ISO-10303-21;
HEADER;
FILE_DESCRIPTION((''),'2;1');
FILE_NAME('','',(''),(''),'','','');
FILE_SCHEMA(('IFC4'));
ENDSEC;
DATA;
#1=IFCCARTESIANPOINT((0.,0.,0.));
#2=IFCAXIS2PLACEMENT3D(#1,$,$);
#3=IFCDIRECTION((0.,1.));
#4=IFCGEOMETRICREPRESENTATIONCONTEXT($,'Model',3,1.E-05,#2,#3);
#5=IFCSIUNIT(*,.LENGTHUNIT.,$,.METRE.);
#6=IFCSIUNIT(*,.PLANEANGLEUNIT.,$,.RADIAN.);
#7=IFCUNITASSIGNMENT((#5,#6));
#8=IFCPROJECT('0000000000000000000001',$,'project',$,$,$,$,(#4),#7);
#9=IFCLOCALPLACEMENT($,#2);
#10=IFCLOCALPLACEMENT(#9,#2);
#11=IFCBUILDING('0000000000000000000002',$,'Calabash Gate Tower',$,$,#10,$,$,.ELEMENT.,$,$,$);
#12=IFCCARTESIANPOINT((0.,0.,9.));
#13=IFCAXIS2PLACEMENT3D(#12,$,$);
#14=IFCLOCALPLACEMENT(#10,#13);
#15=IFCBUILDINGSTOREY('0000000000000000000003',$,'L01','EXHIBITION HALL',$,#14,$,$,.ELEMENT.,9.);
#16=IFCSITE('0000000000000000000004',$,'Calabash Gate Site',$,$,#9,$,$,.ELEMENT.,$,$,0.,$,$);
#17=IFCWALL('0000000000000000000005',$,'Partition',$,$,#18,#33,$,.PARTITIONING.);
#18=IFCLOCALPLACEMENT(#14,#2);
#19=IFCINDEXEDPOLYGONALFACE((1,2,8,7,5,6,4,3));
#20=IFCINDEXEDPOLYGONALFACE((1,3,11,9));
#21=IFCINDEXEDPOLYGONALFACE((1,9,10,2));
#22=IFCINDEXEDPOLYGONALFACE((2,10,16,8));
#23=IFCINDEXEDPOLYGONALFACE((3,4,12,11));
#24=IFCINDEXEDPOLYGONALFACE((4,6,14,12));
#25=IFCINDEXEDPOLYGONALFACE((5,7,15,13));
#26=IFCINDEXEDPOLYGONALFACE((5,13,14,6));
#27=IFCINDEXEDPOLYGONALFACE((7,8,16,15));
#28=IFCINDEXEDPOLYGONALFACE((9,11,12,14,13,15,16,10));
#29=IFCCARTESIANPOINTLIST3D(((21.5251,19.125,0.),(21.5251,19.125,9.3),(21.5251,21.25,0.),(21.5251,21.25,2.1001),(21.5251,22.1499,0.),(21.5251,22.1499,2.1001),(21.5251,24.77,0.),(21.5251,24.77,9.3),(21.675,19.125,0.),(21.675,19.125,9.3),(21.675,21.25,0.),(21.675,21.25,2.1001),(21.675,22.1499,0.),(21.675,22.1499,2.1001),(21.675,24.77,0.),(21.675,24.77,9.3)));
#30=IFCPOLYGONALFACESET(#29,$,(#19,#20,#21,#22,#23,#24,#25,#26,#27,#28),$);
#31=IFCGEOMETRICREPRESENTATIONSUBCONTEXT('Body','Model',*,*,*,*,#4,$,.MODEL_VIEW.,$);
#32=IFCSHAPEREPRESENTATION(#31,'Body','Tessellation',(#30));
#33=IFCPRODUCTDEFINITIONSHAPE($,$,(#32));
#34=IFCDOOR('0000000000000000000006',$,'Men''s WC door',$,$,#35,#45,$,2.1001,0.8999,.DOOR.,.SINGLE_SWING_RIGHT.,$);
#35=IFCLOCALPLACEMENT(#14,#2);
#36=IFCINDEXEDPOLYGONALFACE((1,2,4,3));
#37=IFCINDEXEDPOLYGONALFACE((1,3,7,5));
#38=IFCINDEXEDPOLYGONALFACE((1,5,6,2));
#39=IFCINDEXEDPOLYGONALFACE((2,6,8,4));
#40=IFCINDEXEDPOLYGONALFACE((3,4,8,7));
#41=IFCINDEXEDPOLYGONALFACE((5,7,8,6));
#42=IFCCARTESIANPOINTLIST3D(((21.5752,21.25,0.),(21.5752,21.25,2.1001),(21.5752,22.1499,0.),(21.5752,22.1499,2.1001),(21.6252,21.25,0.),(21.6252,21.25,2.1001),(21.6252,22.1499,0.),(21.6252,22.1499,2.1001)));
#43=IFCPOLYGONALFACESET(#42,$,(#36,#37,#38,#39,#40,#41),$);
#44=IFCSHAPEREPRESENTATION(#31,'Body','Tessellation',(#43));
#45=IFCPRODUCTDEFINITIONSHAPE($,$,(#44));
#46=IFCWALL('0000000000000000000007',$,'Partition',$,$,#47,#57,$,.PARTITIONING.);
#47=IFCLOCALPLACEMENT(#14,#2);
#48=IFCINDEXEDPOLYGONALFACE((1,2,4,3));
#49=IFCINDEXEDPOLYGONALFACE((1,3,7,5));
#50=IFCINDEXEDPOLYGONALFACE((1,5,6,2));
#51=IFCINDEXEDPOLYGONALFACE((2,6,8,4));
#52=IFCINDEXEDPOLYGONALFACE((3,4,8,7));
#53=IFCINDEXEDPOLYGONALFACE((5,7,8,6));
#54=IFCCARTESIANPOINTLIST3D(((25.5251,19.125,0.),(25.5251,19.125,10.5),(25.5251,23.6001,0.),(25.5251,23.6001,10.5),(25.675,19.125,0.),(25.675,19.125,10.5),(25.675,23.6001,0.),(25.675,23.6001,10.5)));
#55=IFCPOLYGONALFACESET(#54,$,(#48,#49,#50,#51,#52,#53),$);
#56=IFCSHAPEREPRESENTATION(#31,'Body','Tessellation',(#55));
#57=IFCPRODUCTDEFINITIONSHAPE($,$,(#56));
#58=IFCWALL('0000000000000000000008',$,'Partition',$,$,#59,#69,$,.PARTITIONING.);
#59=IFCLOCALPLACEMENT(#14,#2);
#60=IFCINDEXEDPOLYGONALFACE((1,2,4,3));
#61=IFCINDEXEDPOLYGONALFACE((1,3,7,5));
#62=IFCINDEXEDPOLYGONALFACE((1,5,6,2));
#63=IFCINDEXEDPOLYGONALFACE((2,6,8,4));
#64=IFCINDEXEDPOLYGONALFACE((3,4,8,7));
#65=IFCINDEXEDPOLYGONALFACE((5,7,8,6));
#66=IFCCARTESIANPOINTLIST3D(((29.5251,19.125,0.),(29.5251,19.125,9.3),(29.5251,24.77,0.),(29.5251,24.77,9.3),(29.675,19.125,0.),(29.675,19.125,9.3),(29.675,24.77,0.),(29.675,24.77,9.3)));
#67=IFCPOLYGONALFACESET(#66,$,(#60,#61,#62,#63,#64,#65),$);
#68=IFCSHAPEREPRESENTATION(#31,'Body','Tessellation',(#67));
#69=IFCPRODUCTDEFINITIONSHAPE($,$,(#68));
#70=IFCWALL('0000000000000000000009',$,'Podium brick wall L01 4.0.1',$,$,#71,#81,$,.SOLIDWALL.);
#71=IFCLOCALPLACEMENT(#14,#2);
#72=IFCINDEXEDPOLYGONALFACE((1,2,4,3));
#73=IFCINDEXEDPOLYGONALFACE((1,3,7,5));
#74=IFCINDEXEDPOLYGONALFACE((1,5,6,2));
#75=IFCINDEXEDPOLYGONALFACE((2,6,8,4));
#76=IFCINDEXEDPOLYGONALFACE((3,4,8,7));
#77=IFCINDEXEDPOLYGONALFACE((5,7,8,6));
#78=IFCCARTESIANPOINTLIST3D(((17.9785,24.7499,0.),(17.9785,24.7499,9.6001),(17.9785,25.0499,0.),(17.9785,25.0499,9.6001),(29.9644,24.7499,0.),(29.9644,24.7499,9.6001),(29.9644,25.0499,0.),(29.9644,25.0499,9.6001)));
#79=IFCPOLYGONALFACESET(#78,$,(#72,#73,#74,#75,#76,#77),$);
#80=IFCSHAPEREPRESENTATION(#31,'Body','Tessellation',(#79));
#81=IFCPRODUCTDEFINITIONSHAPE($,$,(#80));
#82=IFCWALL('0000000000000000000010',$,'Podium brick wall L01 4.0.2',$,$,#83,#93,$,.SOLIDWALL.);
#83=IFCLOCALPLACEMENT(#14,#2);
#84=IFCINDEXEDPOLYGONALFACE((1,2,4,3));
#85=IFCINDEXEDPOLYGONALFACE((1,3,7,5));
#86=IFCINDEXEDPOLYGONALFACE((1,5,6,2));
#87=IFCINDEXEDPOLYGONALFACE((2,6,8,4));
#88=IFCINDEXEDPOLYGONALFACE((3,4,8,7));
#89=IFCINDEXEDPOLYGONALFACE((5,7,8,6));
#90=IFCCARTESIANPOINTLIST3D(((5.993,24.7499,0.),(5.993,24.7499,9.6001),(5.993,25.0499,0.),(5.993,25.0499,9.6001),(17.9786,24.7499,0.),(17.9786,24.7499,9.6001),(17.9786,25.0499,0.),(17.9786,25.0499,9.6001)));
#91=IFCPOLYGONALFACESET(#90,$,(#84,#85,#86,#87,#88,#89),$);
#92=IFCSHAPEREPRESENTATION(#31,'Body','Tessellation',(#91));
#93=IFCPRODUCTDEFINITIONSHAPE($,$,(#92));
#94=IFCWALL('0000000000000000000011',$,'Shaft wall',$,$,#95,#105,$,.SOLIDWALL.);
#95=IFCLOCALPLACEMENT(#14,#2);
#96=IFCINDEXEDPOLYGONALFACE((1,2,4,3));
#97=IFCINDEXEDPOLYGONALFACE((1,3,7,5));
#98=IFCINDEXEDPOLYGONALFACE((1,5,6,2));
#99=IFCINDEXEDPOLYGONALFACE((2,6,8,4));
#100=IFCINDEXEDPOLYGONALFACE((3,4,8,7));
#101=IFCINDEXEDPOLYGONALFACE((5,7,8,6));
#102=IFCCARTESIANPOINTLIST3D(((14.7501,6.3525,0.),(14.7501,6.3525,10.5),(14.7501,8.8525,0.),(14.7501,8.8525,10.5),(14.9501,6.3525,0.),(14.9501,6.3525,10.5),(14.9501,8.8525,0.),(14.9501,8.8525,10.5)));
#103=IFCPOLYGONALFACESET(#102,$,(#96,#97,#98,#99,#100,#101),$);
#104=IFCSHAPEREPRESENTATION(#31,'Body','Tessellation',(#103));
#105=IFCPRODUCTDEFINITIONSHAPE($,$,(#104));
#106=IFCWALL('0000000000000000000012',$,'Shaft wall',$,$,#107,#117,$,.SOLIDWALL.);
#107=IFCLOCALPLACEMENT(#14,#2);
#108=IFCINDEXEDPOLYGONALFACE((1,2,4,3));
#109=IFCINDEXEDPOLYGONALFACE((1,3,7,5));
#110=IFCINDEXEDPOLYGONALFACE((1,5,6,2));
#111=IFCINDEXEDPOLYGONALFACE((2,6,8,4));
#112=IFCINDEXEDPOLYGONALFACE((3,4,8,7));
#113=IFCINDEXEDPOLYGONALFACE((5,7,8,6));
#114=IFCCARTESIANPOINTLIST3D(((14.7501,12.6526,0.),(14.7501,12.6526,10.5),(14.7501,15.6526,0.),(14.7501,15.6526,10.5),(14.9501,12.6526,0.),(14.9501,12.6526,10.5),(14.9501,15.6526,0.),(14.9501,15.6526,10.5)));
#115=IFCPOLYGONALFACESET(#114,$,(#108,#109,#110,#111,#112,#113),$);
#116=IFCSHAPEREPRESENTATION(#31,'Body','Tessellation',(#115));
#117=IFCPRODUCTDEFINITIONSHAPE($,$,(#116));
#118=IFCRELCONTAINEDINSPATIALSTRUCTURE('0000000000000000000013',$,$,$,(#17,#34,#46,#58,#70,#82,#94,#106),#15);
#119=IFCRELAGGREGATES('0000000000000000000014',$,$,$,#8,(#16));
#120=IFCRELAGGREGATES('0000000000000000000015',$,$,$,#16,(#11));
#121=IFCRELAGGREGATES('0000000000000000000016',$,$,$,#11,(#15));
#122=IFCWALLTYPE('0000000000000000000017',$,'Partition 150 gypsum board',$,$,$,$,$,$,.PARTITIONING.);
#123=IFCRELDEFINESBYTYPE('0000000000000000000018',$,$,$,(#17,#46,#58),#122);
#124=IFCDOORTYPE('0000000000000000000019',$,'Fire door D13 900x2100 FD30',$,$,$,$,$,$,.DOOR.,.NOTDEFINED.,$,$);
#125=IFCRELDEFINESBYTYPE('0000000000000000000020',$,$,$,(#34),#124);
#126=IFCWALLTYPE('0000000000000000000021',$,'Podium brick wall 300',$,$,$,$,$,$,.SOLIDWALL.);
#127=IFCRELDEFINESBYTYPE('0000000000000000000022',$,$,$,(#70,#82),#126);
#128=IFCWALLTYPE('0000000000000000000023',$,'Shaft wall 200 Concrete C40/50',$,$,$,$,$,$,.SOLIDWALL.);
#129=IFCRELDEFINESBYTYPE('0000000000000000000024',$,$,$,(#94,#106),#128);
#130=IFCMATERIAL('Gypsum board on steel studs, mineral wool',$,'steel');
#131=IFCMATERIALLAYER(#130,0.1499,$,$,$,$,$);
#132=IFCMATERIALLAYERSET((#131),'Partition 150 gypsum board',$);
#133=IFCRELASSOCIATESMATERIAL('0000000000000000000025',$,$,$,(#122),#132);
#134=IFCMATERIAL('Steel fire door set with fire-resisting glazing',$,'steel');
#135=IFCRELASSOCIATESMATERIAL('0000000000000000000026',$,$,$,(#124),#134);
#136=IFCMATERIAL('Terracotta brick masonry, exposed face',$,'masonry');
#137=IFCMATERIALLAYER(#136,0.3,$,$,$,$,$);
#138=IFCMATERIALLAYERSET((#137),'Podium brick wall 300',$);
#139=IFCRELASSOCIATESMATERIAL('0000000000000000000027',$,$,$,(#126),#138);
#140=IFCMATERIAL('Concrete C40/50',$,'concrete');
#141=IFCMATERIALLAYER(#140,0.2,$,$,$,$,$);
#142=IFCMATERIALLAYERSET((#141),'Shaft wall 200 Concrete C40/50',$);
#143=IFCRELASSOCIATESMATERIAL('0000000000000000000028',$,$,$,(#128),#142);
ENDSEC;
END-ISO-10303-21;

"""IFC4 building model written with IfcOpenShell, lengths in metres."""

from ifc_helpers import new_model, si_unit, direction, frame, frame_2d, origin, place, context, subcontext, project, spatial, rectangle, extrude, material, layer, layer_set, type_object, element, fill, save


model = new_model("IFC4")

# Units and contexts
model_context = context("Model", 3, precision=1e-05, world=origin(), true_north=direction((0.0, 1.0)))
body_context = subcontext(model_context, "Body", "Model", "MODEL_VIEW")
ifc_project = project(units=[si_unit("LENGTHUNIT", "METRE"), si_unit("PLANEANGLEUNIT", "RADIAN")], contexts=[model_context])

# Site, building, storey
site_placement = place(None, origin())
site = spatial("IfcSite", under=ifc_project, at=site_placement, Name="Calabash Gate Site", CompositionType="ELEMENT", RefElevation=0.0)
building_placement = place(site_placement, origin())
building = spatial("IfcBuilding", under=site, at=building_placement, Name="Calabash Gate Tower", CompositionType="ELEMENT")
storey_placement = place(building_placement, frame((0.0, 0.0, 9.0)))
storey = spatial("IfcBuildingStorey", under=building, at=storey_placement, Name="L01", Description="EXHIBITION HALL", CompositionType="ELEMENT", Elevation=9.0)

# Shared definitions
ifc_material_1 = material(Name="Gypsum board on steel studs, mineral wool", Category="steel")
ifc_layer_1 = layer(ifc_material_1, 0.1499)
ifc_layer_set_1 = layer_set([ifc_layer_1], Name="Partition 150 gypsum board")
wall_type_1 = type_object("IfcWallType", Name="Partition 150 gypsum board", PredefinedType="PARTITIONING", material=ifc_layer_set_1)
ifc_material_2 = material(Name="Steel fire door set with fire-resisting glazing", Category="steel")
door_type_1 = type_object("IfcDoorType", Name="Fire door D13 900x2100 FD30", OperationType="NOTDEFINED", PredefinedType="DOOR", material=ifc_material_2)

# Wall, opening, door
wall_1_placement = place(storey_placement, frame((21.6001, 19.125, 0.0), z_axis=(0.0, 0.0, 1.0), x_axis=(0.0, 1.0, 0.0)))
wall_1 = element("IfcWall", 1, at=wall_1_placement, inside=storey, type_object=wall_type_1, Name="Partition", PredefinedType="PARTITIONING", context=body_context, shape_type="SweptSolid", body=[
    extrude(rectangle(XDim=5.645, YDim=0.1499, at=frame_2d((2.8225, 0.0))), origin(), (0.0, 0.0, 1.0), 9.3),
])
opening_1_placement = place(wall_1_placement, frame((2.125, 0.0, 0.0)))
opening_1 = element("IfcOpeningElement", 2, at=opening_1_placement, cuts=wall_1, PredefinedType="OPENING", context=body_context, shape_type="SweptSolid", body=[
    extrude(rectangle(XDim=0.8999, YDim=2.1001, at=frame_2d((0.45, 1.05))), frame((0.0, 0.085, 0.0), z_axis=(0.0, -1.0, 0.0), x_axis=(1.0, 0.0, 0.0)), (0.0, 0.0, 1.0), 0.1699),
])
door_1_placement = place(opening_1_placement, origin())
door_1 = element("IfcDoor", 3, at=door_1_placement, inside=storey, type_object=door_type_1, Name="Men's WC door", OperationType="SINGLE_SWING_RIGHT", OverallHeight=2.1001, OverallWidth=0.8999, PredefinedType="DOOR", context=body_context, shape_type="SweptSolid", body=[
    extrude(rectangle(XDim=0.8999, YDim=2.1001, at=frame_2d((0.45, 1.05))), frame((0.0, 0.0249, 0.0), z_axis=(0.0, -1.0, 0.0), x_axis=(1.0, 0.0, 0.0)), (0.0, 0.0, 1.0), 0.05),
])
fill(opening_1, door_1)

# Walls
wall_2_placement = place(storey_placement, frame((25.6001, 19.125, 0.0), z_axis=(0.0, 0.0, 1.0), x_axis=(0.0, 1.0, 0.0)))
element("IfcWall", 4, at=wall_2_placement, inside=storey, type_object=wall_type_1, Name="Partition", PredefinedType="PARTITIONING", context=body_context, shape_type="SweptSolid", body=[
    extrude(rectangle(XDim=4.4751, YDim=0.1499, at=frame_2d((2.2375, 0.0))), origin(), (0.0, 0.0, 1.0), 10.5),
])
wall_3_placement = place(storey_placement, frame((29.6001, 19.125, 0.0), z_axis=(0.0, 0.0, 1.0), x_axis=(0.0, 1.0, 0.0)))
element("IfcWall", 5, at=wall_3_placement, inside=storey, type_object=wall_type_1, Name="Partition", PredefinedType="PARTITIONING", context=body_context, shape_type="SweptSolid", body=[
    extrude(rectangle(XDim=5.645, YDim=0.1499, at=frame_2d((2.8225, 0.0))), origin(), (0.0, 0.0, 1.0), 9.3),
])
ifc_material_3 = material(Name="Terracotta brick masonry, exposed face", Category="masonry")
ifc_layer_2 = layer(ifc_material_3, 0.3)
ifc_layer_set_2 = layer_set([ifc_layer_2], Name="Podium brick wall 300")
wall_type_2 = type_object("IfcWallType", Name="Podium brick wall 300", PredefinedType="SOLIDWALL", material=ifc_layer_set_2)
wall_4_placement = place(storey_placement, frame((29.9644, 24.8999, 0.0), z_axis=(0.0, 0.0, 1.0), x_axis=(-1.0, 0.0, 0.0)))
element("IfcWall", 6, at=wall_4_placement, inside=storey, type_object=wall_type_2, Name="Podium brick wall L01 4.0.1", PredefinedType="SOLIDWALL", context=body_context, shape_type="SweptSolid", body=[
    extrude(rectangle(XDim=11.9858, YDim=0.3, at=frame_2d((5.9929, 0.0))), origin(), (0.0, 0.0, 1.0), 9.6001),
])
wall_5_placement = place(storey_placement, frame((17.9785, 24.8999, 0.0), z_axis=(0.0, 0.0, 1.0), x_axis=(-1.0, 0.0, 0.0)))
element("IfcWall", 7, at=wall_5_placement, inside=storey, type_object=wall_type_2, Name="Podium brick wall L01 4.0.2", PredefinedType="SOLIDWALL", context=body_context, shape_type="SweptSolid", body=[
    extrude(rectangle(XDim=11.9856, YDim=0.3, at=frame_2d((5.9927, 0.0))), origin(), (0.0, 0.0, 1.0), 9.6001),
])
ifc_material_4 = material(Name="Concrete C40/50", Category="concrete")
ifc_layer_3 = layer(ifc_material_4, 0.2)
ifc_layer_set_3 = layer_set([ifc_layer_3], Name="Shaft wall 200 Concrete C40/50")
wall_type_3 = type_object("IfcWallType", Name="Shaft wall 200 Concrete C40/50", PredefinedType="SOLIDWALL", material=ifc_layer_set_3)
wall_6_placement = place(storey_placement, frame((14.8501, 6.3525, 0.0), z_axis=(0.0, 0.0, 1.0), x_axis=(0.0, 1.0, 0.0)))
element("IfcWall", 8, at=wall_6_placement, inside=storey, type_object=wall_type_3, Name="Shaft wall", PredefinedType="SOLIDWALL", context=body_context, shape_type="SweptSolid", body=[
    extrude(rectangle(XDim=2.5, YDim=0.2, at=frame_2d((1.25, 0.0))), origin(), (0.0, 0.0, 1.0), 10.5),
])
wall_7_placement = place(storey_placement, frame((14.8501, 12.6526, 0.0), z_axis=(0.0, 0.0, 1.0), x_axis=(0.0, 1.0, 0.0)))
element("IfcWall", 9, at=wall_7_placement, inside=storey, type_object=wall_type_3, Name="Shaft wall", PredefinedType="SOLIDWALL", context=body_context, shape_type="SweptSolid", body=[
    extrude(rectangle(XDim=3.0, YDim=0.2, at=frame_2d((1.5, 0.0))), origin(), (0.0, 0.0, 1.0), 10.5),
])

save(model, "model.ifc")
